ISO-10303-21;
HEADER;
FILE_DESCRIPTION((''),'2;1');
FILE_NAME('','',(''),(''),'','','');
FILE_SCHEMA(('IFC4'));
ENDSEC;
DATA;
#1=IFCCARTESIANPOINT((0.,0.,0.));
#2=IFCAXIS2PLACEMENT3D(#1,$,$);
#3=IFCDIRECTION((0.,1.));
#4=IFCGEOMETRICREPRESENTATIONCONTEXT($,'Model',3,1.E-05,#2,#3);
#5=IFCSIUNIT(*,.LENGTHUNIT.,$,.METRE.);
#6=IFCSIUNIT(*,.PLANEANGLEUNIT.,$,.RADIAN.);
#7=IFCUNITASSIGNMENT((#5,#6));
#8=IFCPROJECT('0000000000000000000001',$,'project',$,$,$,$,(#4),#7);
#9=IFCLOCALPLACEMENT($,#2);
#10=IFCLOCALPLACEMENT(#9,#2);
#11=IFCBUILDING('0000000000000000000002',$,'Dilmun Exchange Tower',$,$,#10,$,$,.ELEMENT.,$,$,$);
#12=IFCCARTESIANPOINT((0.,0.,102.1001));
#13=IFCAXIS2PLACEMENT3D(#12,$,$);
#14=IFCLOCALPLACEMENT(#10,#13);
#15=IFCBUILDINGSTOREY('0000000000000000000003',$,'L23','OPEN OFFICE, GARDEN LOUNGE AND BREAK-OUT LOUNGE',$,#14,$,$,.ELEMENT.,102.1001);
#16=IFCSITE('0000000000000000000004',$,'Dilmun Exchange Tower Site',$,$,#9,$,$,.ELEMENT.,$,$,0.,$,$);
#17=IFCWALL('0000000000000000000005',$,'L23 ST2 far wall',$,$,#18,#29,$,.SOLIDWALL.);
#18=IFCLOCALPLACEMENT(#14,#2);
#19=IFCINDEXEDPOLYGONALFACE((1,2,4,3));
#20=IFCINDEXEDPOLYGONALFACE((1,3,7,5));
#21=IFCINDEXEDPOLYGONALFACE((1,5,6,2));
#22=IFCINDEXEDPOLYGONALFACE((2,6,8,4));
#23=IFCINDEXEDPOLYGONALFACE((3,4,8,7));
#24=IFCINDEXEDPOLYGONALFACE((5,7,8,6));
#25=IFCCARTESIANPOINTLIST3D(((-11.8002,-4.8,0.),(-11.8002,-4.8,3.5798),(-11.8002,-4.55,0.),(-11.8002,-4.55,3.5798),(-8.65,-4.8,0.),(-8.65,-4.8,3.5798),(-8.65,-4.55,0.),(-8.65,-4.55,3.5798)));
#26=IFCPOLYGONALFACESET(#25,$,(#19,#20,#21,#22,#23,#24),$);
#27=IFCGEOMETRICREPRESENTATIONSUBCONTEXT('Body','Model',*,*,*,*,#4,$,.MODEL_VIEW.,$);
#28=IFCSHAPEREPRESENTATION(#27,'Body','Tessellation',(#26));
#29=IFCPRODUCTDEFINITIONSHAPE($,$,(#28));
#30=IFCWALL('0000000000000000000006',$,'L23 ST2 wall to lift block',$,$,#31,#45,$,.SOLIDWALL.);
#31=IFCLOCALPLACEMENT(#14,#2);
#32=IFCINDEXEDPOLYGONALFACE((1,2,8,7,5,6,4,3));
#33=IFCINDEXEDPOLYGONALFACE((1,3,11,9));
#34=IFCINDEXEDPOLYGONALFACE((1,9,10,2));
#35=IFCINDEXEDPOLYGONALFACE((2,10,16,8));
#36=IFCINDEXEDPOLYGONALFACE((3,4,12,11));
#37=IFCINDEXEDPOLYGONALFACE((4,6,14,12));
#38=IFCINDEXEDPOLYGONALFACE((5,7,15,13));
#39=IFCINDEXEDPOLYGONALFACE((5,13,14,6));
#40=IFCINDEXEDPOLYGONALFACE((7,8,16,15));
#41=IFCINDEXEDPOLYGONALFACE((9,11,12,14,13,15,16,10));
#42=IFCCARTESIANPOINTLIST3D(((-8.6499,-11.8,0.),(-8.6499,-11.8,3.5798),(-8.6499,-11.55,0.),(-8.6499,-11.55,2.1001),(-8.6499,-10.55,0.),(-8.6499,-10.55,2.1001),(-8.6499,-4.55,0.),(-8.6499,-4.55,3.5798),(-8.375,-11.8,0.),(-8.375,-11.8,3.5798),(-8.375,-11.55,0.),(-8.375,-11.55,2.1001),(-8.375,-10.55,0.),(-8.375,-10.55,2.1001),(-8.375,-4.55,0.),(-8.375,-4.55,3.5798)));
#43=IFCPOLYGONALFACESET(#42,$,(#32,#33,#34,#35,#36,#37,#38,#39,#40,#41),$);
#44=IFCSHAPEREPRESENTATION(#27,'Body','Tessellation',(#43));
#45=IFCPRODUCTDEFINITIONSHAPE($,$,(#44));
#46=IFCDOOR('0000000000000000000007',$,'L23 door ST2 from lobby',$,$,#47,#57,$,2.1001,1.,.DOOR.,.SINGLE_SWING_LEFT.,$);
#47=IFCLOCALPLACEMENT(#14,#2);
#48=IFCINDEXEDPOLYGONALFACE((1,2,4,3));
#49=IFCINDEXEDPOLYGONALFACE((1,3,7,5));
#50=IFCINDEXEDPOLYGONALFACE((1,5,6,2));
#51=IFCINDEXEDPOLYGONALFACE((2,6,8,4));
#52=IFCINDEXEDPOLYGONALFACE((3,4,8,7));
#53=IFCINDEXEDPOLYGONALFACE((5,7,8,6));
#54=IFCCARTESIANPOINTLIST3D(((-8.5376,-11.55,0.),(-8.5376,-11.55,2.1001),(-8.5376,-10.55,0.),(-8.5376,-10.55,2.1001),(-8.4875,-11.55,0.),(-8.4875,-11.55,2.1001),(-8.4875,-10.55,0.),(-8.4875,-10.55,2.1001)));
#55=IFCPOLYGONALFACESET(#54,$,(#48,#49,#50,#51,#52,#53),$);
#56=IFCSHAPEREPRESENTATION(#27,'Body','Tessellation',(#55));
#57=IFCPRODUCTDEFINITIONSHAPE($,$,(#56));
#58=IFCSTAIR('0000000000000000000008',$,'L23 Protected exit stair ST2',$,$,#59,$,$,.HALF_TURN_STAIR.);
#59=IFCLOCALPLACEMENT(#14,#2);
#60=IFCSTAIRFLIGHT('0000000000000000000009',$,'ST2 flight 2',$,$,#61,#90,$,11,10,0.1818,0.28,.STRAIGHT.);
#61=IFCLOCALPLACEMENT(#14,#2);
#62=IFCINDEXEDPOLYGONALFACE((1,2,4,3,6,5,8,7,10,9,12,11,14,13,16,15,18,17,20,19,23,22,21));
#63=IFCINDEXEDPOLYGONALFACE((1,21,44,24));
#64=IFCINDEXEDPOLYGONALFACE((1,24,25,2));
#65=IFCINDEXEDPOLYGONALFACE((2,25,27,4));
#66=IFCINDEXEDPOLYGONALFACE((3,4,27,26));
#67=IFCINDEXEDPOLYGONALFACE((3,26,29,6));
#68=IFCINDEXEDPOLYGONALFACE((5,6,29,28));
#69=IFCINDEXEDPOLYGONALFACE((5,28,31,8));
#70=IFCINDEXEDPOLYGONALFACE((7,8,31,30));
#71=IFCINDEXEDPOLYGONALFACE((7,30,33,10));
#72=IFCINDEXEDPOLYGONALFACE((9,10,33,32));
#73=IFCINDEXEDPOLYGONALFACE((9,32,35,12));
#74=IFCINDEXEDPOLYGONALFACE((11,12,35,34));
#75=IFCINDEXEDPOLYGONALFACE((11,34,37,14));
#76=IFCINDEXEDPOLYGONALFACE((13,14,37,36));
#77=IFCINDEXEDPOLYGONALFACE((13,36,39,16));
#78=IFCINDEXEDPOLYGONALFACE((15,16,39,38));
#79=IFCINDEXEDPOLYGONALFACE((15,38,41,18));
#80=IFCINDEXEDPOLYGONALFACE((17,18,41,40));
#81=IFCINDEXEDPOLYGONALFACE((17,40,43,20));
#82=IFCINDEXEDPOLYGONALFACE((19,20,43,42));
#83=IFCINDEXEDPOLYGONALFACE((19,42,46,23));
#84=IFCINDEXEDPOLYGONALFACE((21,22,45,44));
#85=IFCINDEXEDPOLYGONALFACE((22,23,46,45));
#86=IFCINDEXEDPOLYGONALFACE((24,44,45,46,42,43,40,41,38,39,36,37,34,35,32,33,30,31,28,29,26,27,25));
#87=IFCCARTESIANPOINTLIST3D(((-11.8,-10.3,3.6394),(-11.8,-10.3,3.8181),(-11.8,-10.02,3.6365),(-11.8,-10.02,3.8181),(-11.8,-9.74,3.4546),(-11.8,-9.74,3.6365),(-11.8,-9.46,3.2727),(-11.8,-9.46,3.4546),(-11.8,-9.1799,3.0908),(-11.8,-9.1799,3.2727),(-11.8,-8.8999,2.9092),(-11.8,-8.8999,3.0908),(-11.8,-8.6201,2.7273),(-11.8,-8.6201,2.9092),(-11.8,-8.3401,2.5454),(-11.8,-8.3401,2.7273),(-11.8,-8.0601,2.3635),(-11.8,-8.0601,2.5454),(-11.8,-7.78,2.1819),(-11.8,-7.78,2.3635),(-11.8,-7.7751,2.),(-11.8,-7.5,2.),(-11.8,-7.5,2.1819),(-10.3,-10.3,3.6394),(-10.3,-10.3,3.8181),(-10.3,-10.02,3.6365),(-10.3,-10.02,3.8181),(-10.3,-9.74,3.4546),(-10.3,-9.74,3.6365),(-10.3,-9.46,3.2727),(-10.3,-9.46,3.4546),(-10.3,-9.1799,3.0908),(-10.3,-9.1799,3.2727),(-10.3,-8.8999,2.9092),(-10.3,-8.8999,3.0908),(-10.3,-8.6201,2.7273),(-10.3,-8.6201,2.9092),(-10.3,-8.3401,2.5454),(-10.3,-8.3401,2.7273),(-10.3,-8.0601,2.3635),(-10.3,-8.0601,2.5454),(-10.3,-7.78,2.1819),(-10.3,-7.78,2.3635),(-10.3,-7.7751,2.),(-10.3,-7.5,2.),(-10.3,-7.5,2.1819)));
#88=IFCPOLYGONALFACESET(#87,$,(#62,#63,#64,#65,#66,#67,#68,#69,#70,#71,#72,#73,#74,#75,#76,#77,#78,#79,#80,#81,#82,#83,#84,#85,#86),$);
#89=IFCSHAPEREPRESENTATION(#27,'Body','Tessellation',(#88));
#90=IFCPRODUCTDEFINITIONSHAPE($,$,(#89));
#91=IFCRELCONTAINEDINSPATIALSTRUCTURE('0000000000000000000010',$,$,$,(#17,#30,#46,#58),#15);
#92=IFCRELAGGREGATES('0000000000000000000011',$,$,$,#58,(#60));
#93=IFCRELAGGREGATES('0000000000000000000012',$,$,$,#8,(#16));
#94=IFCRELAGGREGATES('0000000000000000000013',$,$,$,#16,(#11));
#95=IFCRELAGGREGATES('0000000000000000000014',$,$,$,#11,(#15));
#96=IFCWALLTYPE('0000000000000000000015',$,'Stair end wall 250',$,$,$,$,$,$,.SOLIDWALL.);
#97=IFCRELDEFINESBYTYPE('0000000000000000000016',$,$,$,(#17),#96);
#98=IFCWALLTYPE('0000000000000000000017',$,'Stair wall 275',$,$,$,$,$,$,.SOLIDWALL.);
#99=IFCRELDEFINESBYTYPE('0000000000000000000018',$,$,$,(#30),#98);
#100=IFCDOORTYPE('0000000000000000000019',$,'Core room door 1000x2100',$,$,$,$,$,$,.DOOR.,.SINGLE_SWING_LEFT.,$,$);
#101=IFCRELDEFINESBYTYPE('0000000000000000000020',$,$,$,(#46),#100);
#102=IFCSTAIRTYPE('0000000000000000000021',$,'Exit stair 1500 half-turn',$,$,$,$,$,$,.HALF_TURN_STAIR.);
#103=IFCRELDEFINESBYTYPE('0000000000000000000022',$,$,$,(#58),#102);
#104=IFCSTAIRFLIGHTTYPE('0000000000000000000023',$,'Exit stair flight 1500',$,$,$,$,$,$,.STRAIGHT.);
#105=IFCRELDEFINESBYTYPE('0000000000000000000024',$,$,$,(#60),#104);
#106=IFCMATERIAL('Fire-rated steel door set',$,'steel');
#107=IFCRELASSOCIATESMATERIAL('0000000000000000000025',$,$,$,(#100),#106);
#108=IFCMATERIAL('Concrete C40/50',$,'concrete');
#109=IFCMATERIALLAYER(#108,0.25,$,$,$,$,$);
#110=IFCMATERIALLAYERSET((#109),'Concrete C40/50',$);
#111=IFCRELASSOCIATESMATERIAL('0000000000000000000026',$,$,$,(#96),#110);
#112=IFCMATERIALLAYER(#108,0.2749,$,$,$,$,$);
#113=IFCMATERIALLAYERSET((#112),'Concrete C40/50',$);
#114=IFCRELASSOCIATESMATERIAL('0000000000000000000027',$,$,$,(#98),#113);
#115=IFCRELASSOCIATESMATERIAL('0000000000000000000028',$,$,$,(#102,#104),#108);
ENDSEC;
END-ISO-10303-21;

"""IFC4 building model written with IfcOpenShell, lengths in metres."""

from ifc_helpers import new_model, si_unit, direction, frame, frame_2d, origin, place, context, subcontext, project, spatial, polyline, rectangle, outline, extrude, material, layer, layer_set, type_object, element, fill, aggregate, save


model = new_model("IFC4")

# Units and contexts
model_context = context("Model", 3, precision=1e-05, world=origin(), true_north=direction((0.0, 1.0)))
body_context = subcontext(model_context, "Body", "Model", "MODEL_VIEW")
ifc_project = project(units=[si_unit("LENGTHUNIT", "METRE"), si_unit("PLANEANGLEUNIT", "RADIAN")], contexts=[model_context])

# Site, building, storey
site_placement = place(None, origin())
site = spatial("IfcSite", under=ifc_project, at=site_placement, Name="Dilmun Exchange Tower Site", CompositionType="ELEMENT", RefElevation=0.0)
building_placement = place(site_placement, origin())
building = spatial("IfcBuilding", under=site, at=building_placement, Name="Dilmun Exchange Tower", CompositionType="ELEMENT")
storey_placement = place(building_placement, frame((0.0, 0.0, 102.1001)))
storey = spatial("IfcBuildingStorey", under=building, at=storey_placement, Name="L23", Description="OPEN OFFICE, GARDEN LOUNGE AND BREAK-OUT LOUNGE", CompositionType="ELEMENT", Elevation=102.1001)

# Shared definitions
ifc_material_1 = material(Name="Concrete C40/50", Category="concrete")

# Shared definitions
ifc_material_2 = material(Name="Fire-rated steel door set", Category="steel")
door_type = type_object("IfcDoorType", Name="Core room door 1000x2100", OperationType="SINGLE_SWING_LEFT", PredefinedType="DOOR", material=ifc_material_2)

# Wall
ifc_layer_1 = layer(ifc_material_1, 0.25)
ifc_layer_set_1 = layer_set([ifc_layer_1], Name="Concrete C40/50")
wall_type_1 = type_object("IfcWallType", Name="Stair end wall 250", PredefinedType="SOLIDWALL", material=ifc_layer_set_1)
wall_1_placement = place(storey_placement, frame((-8.6499, -4.675, 0.0), z_axis=(0.0, 0.0, 1.0), x_axis=(-1.0, 0.0, 0.0)))
element("IfcWall", 1, at=wall_1_placement, inside=storey, type_object=wall_type_1, Name="L23 ST2 far wall", PredefinedType="SOLIDWALL", context=body_context, shape_type="SweptSolid", body=[
    extrude(rectangle(XDim=3.1501, YDim=0.25, at=frame_2d((1.5752, 0.0))), origin(), (0.0, 0.0, 1.0), 3.5798),
])

# Wall, opening, door
ifc_layer_2 = layer(ifc_material_1, 0.2749)
ifc_layer_set_2 = layer_set([ifc_layer_2], Name="Concrete C40/50")
wall_type_2 = type_object("IfcWallType", Name="Stair wall 275", PredefinedType="SOLIDWALL", material=ifc_layer_set_2)
wall_2_placement = place(storey_placement, frame((-8.5125, -4.55, 0.0), z_axis=(0.0, 0.0, 1.0), x_axis=(0.0, -1.0, 0.0)))
wall_2 = element("IfcWall", 2, at=wall_2_placement, inside=storey, type_object=wall_type_2, Name="L23 ST2 wall to lift block", PredefinedType="SOLIDWALL", context=body_context, shape_type="SweptSolid", body=[
    extrude(rectangle(XDim=7.25, YDim=0.2749, at=frame_2d((3.625, 0.0))), origin(), (0.0, 0.0, 1.0), 3.5798),
])
opening_1_placement = place(wall_2_placement, frame((6.0, 0.0, 0.0)))
opening_1 = element("IfcOpeningElement", 3, at=opening_1_placement, cuts=wall_2, PredefinedType="OPENING", context=body_context, shape_type="SweptSolid", body=[
    extrude(rectangle(XDim=1.0, YDim=2.1001, at=frame_2d((0.5, 1.05))), frame((0.0, 0.1475, 0.0), z_axis=(0.0, -1.0, 0.0), x_axis=(1.0, 0.0, 0.0)), (0.0, 0.0, 1.0), 0.2949),
])
door_1_placement = place(opening_1_placement, origin())
door_1 = element("IfcDoor", 4, at=door_1_placement, inside=storey, type_object=door_type, Name="L23 door ST2 from lobby", OperationType="SINGLE_SWING_LEFT", OverallHeight=2.1001, OverallWidth=1.0, PredefinedType="DOOR", context=body_context, shape_type="SweptSolid", body=[
    extrude(rectangle(XDim=1.0, YDim=2.1001, at=frame_2d((0.5, 1.05))), frame((0.0, 0.0249, 0.0), z_axis=(0.0, -1.0, 0.0), x_axis=(1.0, 0.0, 0.0)), (0.0, 0.0, 1.0), 0.05),
])
fill(opening_1, door_1)

# Stair, stair flight
stair_type = type_object("IfcStairType", Name="Exit stair 1500 half-turn", PredefinedType="HALF_TURN_STAIR", material=ifc_material_1)
stair_placement = place(storey_placement, origin())
stair = element("IfcStair", 5, at=stair_placement, inside=storey, type_object=stair_type, Name="L23 Protected exit stair ST2", PredefinedType="HALF_TURN_STAIR")
stair_flight_type = type_object("IfcStairFlightType", Name="Exit stair flight 1500", PredefinedType="STRAIGHT", material=ifc_material_1)
stair_flight_placement = place(storey_placement, frame((-11.05, -7.5, 2.0), z_axis=(0.0, 0.0, 1.0), x_axis=(0.0, -1.0, 0.0)))
stair_flight = element("IfcStairFlight", 6, at=stair_flight_placement, type_object=stair_flight_type, Name="ST2 flight 2", NumberOfRisers=11, NumberOfTreads=10, PredefinedType="STRAIGHT", RiserHeight=0.1818, TreadLength=0.28, context=body_context, shape_type="SweptSolid", body=[
    extrude(outline(polyline([(0.0, 0.0), (0.0, 0.1819), (0.28, 0.1819), (0.28, 0.3635), (0.5601, 0.3635), (0.5601, 0.5454), (0.8401, 0.5454), (0.8401, 0.7273), (1.1201, 0.7273), (1.1201, 0.9092), (1.3999, 0.9092), (1.3999, 1.0908), (1.6799, 1.0908), (1.6799, 1.2727), (1.96, 1.2727), (1.96, 1.4546), (2.24, 1.4546), (2.24, 1.6365), (2.52, 1.6365), (2.52, 1.8181), (2.8, 1.8181), (2.8, 2.0), (2.8, 1.6394), (0.2751, 0.0), (0.0, 0.0)])), frame((0.0, 0.75, 0.0), z_axis=(0.0, -1.0, 0.0), x_axis=(1.0, 0.0, 0.0)), (0.0, 0.0, 1.0), 1.5),
])
aggregate(stair, [stair_flight])

save(model, "model.ifc")
